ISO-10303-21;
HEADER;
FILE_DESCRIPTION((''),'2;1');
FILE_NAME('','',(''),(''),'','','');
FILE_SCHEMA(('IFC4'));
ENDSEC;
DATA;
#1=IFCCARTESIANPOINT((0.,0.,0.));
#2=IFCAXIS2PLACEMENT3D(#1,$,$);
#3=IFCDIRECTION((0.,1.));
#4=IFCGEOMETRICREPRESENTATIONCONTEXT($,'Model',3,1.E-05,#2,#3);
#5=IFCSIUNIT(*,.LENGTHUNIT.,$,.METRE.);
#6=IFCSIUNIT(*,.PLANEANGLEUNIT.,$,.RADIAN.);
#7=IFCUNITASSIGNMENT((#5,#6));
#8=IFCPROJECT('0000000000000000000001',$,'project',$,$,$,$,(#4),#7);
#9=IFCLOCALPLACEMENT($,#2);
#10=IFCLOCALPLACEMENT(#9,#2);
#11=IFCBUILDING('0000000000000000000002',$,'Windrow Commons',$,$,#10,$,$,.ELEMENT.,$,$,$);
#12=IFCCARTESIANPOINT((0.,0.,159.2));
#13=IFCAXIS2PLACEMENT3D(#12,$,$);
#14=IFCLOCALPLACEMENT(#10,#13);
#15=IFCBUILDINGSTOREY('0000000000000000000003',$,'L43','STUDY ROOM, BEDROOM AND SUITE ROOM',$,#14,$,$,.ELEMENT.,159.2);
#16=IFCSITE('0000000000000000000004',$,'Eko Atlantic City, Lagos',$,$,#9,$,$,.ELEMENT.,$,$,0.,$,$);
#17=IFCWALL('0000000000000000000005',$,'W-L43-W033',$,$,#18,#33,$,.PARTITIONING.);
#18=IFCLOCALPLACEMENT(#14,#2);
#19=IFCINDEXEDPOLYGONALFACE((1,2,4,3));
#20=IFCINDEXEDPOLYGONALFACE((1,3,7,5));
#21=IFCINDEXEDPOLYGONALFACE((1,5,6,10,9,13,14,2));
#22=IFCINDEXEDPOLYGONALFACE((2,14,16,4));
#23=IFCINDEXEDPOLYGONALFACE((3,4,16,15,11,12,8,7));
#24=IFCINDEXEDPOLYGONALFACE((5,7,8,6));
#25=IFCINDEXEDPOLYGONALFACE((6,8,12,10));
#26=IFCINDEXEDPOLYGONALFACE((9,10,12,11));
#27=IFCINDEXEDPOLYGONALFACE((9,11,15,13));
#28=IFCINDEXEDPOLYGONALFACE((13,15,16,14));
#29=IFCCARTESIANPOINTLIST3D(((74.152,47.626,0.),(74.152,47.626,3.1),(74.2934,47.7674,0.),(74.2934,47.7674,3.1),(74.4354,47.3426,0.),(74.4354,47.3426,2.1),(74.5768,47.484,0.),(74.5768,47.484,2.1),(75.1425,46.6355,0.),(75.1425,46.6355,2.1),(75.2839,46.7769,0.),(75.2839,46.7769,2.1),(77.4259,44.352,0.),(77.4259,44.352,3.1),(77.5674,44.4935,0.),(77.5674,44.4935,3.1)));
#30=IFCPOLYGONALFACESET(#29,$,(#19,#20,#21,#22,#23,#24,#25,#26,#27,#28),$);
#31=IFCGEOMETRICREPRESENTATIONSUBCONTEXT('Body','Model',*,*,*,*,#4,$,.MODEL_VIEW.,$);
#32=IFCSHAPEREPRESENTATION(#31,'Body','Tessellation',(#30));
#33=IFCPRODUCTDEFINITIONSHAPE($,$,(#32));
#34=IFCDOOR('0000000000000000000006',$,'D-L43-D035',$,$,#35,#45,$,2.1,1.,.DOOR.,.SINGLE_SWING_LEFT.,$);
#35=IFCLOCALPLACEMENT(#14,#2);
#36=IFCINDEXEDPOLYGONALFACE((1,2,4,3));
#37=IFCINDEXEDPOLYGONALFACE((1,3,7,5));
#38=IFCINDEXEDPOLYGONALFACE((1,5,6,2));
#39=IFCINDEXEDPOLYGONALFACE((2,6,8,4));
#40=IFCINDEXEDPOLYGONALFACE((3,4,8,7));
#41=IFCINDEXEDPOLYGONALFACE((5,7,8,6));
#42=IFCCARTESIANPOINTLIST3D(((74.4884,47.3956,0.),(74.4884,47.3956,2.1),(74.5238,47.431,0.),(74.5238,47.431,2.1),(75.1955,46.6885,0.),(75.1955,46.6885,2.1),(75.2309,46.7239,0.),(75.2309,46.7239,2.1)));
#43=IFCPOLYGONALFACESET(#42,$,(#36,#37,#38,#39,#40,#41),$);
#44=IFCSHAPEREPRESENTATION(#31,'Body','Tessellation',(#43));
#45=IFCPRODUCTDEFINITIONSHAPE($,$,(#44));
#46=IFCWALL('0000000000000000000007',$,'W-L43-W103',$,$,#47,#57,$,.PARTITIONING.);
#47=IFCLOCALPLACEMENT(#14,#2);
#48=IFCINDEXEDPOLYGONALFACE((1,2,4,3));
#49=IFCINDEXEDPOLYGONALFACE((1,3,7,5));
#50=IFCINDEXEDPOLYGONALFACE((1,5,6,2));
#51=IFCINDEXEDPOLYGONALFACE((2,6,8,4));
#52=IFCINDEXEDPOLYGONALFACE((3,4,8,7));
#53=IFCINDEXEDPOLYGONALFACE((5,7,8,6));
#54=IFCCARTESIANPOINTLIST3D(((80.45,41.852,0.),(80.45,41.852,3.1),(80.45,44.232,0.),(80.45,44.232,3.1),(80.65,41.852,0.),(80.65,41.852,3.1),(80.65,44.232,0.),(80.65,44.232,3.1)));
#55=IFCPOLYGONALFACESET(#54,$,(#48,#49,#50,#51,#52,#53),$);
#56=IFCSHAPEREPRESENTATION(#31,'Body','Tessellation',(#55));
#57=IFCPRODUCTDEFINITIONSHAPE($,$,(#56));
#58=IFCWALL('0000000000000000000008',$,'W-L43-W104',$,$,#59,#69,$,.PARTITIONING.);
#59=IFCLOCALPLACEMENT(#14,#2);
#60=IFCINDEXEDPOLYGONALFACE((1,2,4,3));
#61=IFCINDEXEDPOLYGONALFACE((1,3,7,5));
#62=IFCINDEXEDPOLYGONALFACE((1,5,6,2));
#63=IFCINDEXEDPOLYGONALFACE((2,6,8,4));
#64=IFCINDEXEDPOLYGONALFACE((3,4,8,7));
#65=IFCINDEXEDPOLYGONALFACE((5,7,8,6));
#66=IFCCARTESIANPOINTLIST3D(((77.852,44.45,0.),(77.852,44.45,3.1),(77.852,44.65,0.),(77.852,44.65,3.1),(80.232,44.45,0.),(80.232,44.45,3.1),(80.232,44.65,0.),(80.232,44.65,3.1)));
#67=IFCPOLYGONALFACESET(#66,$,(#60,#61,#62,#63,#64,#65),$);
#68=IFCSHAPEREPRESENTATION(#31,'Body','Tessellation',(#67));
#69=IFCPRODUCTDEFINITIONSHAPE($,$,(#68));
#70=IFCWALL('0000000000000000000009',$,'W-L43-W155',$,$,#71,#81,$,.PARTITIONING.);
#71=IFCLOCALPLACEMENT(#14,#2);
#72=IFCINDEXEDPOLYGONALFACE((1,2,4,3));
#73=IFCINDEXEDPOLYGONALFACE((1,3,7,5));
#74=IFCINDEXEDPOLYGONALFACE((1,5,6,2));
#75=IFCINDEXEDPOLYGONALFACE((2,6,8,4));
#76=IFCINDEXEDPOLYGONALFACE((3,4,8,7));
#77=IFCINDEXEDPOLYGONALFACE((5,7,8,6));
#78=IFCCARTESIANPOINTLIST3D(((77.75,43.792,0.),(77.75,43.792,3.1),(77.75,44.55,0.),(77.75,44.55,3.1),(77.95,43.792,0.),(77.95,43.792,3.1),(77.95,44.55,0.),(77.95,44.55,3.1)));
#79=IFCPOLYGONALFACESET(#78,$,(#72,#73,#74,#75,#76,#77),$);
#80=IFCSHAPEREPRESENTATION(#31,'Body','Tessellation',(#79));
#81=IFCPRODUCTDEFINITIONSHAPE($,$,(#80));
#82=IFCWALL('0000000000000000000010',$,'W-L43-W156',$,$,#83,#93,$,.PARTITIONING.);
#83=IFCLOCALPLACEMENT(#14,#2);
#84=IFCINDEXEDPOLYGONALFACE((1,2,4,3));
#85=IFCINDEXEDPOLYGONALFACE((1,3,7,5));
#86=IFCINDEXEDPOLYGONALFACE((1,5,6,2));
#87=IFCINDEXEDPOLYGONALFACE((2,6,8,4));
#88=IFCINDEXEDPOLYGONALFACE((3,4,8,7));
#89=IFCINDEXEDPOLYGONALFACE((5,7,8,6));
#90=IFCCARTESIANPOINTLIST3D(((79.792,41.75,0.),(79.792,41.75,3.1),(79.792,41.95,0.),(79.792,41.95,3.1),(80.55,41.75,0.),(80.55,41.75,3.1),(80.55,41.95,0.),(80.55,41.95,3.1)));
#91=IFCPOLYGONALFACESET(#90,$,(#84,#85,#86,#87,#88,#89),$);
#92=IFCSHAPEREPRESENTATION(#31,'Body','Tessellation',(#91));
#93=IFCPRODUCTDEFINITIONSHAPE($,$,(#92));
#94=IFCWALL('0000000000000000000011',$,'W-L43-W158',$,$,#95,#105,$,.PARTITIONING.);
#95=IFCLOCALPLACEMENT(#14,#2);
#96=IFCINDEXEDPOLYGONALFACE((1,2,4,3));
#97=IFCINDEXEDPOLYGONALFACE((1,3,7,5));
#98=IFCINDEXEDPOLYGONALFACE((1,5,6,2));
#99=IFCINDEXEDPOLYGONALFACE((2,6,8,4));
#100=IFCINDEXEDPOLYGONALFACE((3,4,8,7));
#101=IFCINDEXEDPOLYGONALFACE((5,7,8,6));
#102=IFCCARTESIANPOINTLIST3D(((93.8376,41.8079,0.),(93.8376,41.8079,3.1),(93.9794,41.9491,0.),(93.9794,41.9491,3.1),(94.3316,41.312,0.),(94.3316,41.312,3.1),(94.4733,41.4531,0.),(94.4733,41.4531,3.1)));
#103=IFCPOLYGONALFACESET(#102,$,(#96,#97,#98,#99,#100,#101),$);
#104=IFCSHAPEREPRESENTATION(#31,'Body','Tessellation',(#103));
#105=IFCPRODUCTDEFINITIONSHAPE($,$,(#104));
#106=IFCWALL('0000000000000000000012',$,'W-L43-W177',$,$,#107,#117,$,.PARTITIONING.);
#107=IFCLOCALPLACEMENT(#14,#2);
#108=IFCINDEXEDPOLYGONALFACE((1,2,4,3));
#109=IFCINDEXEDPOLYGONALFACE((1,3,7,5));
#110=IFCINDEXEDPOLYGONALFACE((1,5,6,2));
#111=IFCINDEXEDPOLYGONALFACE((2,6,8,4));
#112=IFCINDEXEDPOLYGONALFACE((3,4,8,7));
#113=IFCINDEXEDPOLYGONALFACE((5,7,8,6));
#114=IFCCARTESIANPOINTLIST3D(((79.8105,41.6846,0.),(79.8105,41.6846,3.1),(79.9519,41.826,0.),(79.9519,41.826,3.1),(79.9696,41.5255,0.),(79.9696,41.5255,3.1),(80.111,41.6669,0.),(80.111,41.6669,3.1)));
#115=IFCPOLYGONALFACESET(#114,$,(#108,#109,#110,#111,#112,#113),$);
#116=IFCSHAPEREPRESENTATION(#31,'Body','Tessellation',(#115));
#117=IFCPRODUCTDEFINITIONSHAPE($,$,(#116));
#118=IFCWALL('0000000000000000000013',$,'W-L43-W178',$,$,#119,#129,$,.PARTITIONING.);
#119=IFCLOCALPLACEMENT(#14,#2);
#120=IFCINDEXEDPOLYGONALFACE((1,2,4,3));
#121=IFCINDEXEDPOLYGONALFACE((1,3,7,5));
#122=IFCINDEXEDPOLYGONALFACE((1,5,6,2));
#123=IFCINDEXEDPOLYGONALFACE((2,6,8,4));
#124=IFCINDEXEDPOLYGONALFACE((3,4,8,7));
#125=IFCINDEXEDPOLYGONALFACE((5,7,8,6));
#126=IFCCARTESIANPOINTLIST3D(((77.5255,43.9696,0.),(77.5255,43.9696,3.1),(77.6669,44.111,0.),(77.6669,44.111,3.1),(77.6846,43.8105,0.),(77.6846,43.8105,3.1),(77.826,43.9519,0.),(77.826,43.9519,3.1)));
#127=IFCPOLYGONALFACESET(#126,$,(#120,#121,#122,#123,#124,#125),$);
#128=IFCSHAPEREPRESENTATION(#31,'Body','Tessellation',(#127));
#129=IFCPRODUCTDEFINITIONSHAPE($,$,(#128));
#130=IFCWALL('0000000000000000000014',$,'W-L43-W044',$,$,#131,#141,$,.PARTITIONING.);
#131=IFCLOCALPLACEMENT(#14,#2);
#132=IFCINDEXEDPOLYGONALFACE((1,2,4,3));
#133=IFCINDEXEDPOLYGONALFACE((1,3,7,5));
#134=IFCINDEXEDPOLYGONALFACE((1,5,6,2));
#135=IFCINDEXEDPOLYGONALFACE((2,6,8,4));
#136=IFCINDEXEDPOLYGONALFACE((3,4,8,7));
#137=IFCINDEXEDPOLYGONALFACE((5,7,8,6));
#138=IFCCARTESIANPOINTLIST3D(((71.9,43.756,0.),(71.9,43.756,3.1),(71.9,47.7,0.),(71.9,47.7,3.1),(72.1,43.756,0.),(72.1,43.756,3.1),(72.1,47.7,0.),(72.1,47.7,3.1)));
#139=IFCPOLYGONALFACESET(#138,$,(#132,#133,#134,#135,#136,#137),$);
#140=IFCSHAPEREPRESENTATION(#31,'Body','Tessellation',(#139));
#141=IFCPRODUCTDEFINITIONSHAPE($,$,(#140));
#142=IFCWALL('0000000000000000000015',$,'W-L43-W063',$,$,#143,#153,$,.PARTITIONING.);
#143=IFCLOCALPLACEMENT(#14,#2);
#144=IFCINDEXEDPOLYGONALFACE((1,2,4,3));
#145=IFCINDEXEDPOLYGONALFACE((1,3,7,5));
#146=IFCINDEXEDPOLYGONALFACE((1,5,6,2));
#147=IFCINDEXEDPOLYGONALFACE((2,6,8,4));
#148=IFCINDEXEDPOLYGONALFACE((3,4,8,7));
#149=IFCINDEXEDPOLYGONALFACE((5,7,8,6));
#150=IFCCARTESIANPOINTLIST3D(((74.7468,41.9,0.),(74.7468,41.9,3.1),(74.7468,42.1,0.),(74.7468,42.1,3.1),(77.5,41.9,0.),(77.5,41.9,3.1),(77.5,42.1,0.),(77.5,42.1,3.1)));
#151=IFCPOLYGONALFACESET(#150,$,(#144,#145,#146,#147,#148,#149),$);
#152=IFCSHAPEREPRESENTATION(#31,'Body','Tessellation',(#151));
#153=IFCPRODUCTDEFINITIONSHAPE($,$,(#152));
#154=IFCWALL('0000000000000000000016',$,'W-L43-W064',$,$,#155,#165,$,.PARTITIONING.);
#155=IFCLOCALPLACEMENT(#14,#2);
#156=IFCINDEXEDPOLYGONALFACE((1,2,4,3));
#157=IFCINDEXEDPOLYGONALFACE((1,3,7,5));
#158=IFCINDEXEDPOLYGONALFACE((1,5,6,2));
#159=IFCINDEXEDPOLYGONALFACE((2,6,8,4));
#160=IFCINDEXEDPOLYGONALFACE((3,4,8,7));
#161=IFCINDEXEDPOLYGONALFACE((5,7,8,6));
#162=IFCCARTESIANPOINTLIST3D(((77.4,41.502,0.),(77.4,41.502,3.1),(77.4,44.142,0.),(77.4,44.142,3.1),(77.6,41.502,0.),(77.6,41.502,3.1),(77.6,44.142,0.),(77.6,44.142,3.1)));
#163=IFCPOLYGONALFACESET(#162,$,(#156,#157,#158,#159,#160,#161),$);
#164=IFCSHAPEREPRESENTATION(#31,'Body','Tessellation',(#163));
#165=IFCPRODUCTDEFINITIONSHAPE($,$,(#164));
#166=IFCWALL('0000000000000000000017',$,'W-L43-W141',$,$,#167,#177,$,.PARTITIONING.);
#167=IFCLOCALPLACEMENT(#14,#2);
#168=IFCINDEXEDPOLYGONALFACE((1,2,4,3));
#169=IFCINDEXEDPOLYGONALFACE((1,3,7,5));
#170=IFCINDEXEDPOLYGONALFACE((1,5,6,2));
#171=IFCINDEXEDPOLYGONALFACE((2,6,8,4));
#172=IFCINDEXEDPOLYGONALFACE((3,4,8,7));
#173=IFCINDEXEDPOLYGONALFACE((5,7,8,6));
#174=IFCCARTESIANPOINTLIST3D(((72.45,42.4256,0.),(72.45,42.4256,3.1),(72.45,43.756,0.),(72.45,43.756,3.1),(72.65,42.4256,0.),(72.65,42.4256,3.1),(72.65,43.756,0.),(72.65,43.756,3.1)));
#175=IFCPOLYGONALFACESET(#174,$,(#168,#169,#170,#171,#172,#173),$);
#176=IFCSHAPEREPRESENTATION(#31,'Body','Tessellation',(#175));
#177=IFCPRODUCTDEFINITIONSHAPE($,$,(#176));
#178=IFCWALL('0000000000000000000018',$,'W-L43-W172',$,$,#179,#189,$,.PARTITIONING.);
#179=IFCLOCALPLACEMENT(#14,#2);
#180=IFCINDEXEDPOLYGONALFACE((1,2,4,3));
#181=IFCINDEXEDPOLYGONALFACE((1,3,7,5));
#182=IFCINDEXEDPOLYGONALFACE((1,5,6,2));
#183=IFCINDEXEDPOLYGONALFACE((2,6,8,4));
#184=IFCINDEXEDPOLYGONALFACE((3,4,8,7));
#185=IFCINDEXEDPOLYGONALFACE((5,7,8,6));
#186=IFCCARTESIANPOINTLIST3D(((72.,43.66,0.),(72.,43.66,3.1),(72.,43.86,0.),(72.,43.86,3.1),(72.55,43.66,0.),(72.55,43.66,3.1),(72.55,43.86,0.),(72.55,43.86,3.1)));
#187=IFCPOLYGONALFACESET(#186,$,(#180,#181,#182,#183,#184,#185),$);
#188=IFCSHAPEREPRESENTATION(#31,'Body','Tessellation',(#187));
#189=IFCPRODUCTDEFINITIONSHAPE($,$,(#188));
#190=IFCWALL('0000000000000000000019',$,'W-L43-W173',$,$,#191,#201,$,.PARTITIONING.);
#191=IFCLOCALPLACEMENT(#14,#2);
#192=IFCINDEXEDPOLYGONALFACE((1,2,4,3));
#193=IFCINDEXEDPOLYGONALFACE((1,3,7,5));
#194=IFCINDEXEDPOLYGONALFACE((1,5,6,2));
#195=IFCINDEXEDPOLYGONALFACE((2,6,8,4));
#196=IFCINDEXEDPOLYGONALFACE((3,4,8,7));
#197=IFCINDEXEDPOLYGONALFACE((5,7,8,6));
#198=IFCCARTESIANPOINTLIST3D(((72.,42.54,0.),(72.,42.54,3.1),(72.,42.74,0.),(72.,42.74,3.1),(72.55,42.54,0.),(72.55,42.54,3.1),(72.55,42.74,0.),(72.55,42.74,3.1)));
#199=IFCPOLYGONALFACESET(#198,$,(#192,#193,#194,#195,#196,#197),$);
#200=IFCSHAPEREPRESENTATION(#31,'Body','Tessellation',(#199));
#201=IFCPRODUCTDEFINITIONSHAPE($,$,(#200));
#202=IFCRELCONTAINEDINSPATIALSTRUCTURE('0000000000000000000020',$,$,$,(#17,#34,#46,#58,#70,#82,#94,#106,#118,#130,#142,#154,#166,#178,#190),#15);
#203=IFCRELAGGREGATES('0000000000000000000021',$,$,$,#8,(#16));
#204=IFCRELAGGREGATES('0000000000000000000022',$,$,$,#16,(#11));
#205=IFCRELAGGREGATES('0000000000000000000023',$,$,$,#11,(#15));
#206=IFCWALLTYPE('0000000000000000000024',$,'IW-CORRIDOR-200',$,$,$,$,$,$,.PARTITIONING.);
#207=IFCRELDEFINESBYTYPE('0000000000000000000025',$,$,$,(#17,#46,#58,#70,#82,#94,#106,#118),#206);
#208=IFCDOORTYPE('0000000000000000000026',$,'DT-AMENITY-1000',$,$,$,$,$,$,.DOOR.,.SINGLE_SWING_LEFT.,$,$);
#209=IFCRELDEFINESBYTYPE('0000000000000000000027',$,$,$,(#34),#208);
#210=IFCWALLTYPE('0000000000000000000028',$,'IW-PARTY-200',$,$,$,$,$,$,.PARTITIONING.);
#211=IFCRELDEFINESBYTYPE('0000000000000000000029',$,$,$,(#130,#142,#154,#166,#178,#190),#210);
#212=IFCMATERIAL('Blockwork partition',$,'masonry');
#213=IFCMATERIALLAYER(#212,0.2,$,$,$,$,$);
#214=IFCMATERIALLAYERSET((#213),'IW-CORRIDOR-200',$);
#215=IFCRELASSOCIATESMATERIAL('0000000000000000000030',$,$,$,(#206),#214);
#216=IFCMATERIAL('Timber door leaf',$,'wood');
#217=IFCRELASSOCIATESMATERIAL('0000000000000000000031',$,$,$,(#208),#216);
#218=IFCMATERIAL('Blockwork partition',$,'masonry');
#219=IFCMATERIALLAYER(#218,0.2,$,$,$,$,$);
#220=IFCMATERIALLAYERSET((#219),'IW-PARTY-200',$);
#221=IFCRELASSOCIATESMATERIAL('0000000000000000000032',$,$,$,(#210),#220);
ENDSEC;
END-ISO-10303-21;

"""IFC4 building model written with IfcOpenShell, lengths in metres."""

from ifc_helpers import new_model, si_unit, direction, frame, frame_2d, origin, place, context, subcontext, project, spatial, rectangle, extrude, material, layer, layer_set, type_object, element, fill, save


model = new_model("IFC4")

# Units and contexts
model_context = context("Model", 3, precision=1e-05, world=origin(), true_north=direction((0.0, 1.0)))
body_context = subcontext(model_context, "Body", "Model", "MODEL_VIEW")
ifc_project = project(units=[si_unit("LENGTHUNIT", "METRE"), si_unit("PLANEANGLEUNIT", "RADIAN")], contexts=[model_context])

# Site, building, storey
site_placement = place(None, origin())
site = spatial("IfcSite", under=ifc_project, at=site_placement, Name="Eko Atlantic City, Lagos", CompositionType="ELEMENT", RefElevation=0.0)
building_placement = place(site_placement, origin())
building = spatial("IfcBuilding", under=site, at=building_placement, Name="Windrow Commons", CompositionType="ELEMENT")
storey_placement = place(building_placement, frame((0.0, 0.0, 159.2)))
storey = spatial("IfcBuildingStorey", under=building, at=storey_placement, Name="L43", Description="STUDY ROOM, BEDROOM AND SUITE ROOM", CompositionType="ELEMENT", Elevation=159.2)

# Wall, opening, door
ifc_material_1 = material(Name="Blockwork partition", Category="masonry")
ifc_layer_1 = layer(ifc_material_1, 0.2)
ifc_layer_set_1 = layer_set([ifc_layer_1], Name="IW-CORRIDOR-200")
wall_type_1 = type_object("IfcWallType", Name="IW-CORRIDOR-200", PredefinedType="PARTITIONING", material=ifc_layer_set_1)
ifc_material_2 = material(Name="Timber door leaf", Category="wood")
door_type = type_object("IfcDoorType", Name="DT-AMENITY-1000", OperationType="SINGLE_SWING_LEFT", PredefinedType="DOOR", material=ifc_material_2)
wall_1_placement = place(storey_placement, frame((74.2227, 47.6967, 0.0), z_axis=(0.0, 0.0, 1.0), x_axis=(0.707107, -0.707107, 0.0)))
wall_1 = element("IfcWall", 1, at=wall_1_placement, inside=storey, type_object=wall_type_1, Name="W-L43-W033", PredefinedType="PARTITIONING", context=body_context, shape_type="SweptSolid", body=[
    extrude(rectangle(XDim=4.6301, YDim=0.2, at=frame_2d((2.315, 0.0))), origin(), (0.0, 0.0, 1.0), 3.1),
])
opening_1_placement = place(wall_1_placement, frame((0.4008, 0.0, 0.0)))
opening_1 = element("IfcOpeningElement", 2, at=opening_1_placement, cuts=wall_1, PredefinedType="OPENING", context=body_context, shape_type="SweptSolid", body=[
    extrude(rectangle(XDim=1.0, YDim=2.1, at=frame_2d((0.5, 1.05))), frame((0.0, 0.11, 0.0), z_axis=(0.0, -1.0, 0.0), x_axis=(1.0, 0.0, 0.0)), (0.0, 0.0, 1.0), 0.22),
])
door_1_placement = place(opening_1_placement, origin())
door_1 = element("IfcDoor", 3, at=door_1_placement, inside=storey, type_object=door_type, Name="D-L43-D035", OperationType="SINGLE_SWING_LEFT", OverallHeight=2.1, OverallWidth=1.0, PredefinedType="DOOR", context=body_context, shape_type="SweptSolid", body=[
    extrude(rectangle(XDim=1.0, YDim=2.1, at=frame_2d((0.5, 1.05))), frame((0.0, 0.025, 0.0), z_axis=(0.0, -1.0, 0.0), x_axis=(1.0, 0.0, 0.0)), (0.0, 0.0, 1.0), 0.05),
])
fill(opening_1, door_1)

# Walls
for number, where, z_axis, x_axis, name in (
    (4, (80.55, 41.852, 0.0), (0.0, 0.0, 1.0), (0.0, 1.0, 0.0), "W-L43-W103"),
    (5, (77.852, 44.55, 0.0), (0.0, 0.0, 1.0), (1.0, 0.0, 0.0), "W-L43-W104"),
):
    element("IfcWall", number, at=place(storey_placement, frame(where, z_axis=z_axis, x_axis=x_axis)), inside=storey, type_object=wall_type_1, Name=name, PredefinedType="PARTITIONING", context=body_context, shape_type="SweptSolid", body=[
        extrude(rectangle(XDim=2.38, YDim=0.2, at=frame_2d((1.19, 0.0))), origin(), (0.0, 0.0, 1.0), 3.1),
    ])
for number, where, z_axis, x_axis, name in (
    (6, (77.85, 43.792, 0.0), (0.0, 0.0, 1.0), (0.0, 1.0, 0.0), "W-L43-W155"),
    (7, (79.792, 41.85, 0.0), (0.0, 0.0, 1.0), (1.0, 0.0, 0.0), "W-L43-W156"),
):
    element("IfcWall", number, at=place(storey_placement, frame(where, z_axis=z_axis, x_axis=x_axis)), inside=storey, type_object=wall_type_1, Name=name, PredefinedType="PARTITIONING", context=body_context, shape_type="SweptSolid", body=[
        extrude(rectangle(XDim=0.758, YDim=0.2, at=frame_2d((0.379, 0.0))), origin(), (0.0, 0.0, 1.0), 3.1),
    ])
wall_2_placement = place(storey_placement, frame((93.9085, 41.8785, 0.0), z_axis=(0.0, 0.0, 1.0), x_axis=(0.705677, -0.708534, 0.0)))
element("IfcWall", 8, at=wall_2_placement, inside=storey, type_object=wall_type_1, Name="W-L43-W158", PredefinedType="PARTITIONING", context=body_context, shape_type="SweptSolid", body=[
    extrude(rectangle(XDim=0.7, YDim=0.2, at=frame_2d((0.35, 0.0))), origin(), (0.0, 0.0, 1.0), 3.1),
])
for number, where, z_axis, x_axis, name in (
    (9, (79.8812, 41.7553, 0.0), (0.0, 0.0, 1.0), (0.707107, -0.707107, 0.0), "W-L43-W177"),
    (10, (77.5962, 44.0403, 0.0), (0.0, 0.0, 1.0), (0.707107, -0.707107, 0.0), "W-L43-W178"),
):
    element("IfcWall", number, at=place(storey_placement, frame(where, z_axis=z_axis, x_axis=x_axis)), inside=storey, type_object=wall_type_1, Name=name, PredefinedType="PARTITIONING", context=body_context, shape_type="SweptSolid", body=[
        extrude(rectangle(XDim=0.225, YDim=0.2, at=frame_2d((0.1125, 0.0))), origin(), (0.0, 0.0, 1.0), 3.1),
    ])
ifc_material_3 = material(Name="Blockwork partition", Category="masonry")
ifc_layer_2 = layer(ifc_material_3, 0.2)
ifc_layer_set_2 = layer_set([ifc_layer_2], Name="IW-PARTY-200")
wall_type_2 = type_object("IfcWallType", Name="IW-PARTY-200", PredefinedType="PARTITIONING", material=ifc_layer_set_2)
wall_3_placement = place(storey_placement, frame((72.0, 43.756, 0.0), z_axis=(0.0, 0.0, 1.0), x_axis=(0.0, 1.0, 0.0)))
element("IfcWall", 11, at=wall_3_placement, inside=storey, type_object=wall_type_2, Name="W-L43-W044", PredefinedType="PARTITIONING", context=body_context, shape_type="SweptSolid", body=[
    extrude(rectangle(XDim=3.944, YDim=0.2, at=frame_2d((1.972, 0.0))), origin(), (0.0, 0.0, 1.0), 3.1),
])
wall_4_placement = place(storey_placement, frame((74.7469, 42.0, 0.0), z_axis=(0.0, 0.0, 1.0), x_axis=(1.0, 0.0, 0.0)))
element("IfcWall", 12, at=wall_4_placement, inside=storey, type_object=wall_type_2, Name="W-L43-W063", PredefinedType="PARTITIONING", context=body_context, shape_type="SweptSolid", body=[
    extrude(rectangle(XDim=2.7531, YDim=0.2, at=frame_2d((1.3765, 0.0))), origin(), (0.0, 0.0, 1.0), 3.1),
])
wall_5_placement = place(storey_placement, frame((77.5, 41.502, 0.0), z_axis=(0.0, 0.0, 1.0), x_axis=(0.0, 1.0, 0.0)))
element("IfcWall", 13, at=wall_5_placement, inside=storey, type_object=wall_type_2, Name="W-L43-W064", PredefinedType="PARTITIONING", context=body_context, shape_type="SweptSolid", body=[
    extrude(rectangle(XDim=2.64, YDim=0.2, at=frame_2d((1.32, 0.0))), origin(), (0.0, 0.0, 1.0), 3.1),
])
wall_6_placement = place(storey_placement, frame((72.55, 42.4256, 0.0), z_axis=(0.0, 0.0, 1.0), x_axis=(0.0, 1.0, 0.0)))
element("IfcWall", 14, at=wall_6_placement, inside=storey, type_object=wall_type_2, Name="W-L43-W141", PredefinedType="PARTITIONING", context=body_context, shape_type="SweptSolid", body=[
    extrude(rectangle(XDim=1.3304, YDim=0.2, at=frame_2d((0.6652, 0.0))), origin(), (0.0, 0.0, 1.0), 3.1),
])
for number, where, z_axis, x_axis, name in (
    (15, (72.0, 43.76, 0.0), (0.0, 0.0, 1.0), (1.0, 0.0, 0.0), "W-L43-W172"),
    (16, (72.0, 42.64, 0.0), (0.0, 0.0, 1.0), (1.0, 0.0, 0.0), "W-L43-W173"),
):
    element("IfcWall", number, at=place(storey_placement, frame(where, z_axis=z_axis, x_axis=x_axis)), inside=storey, type_object=wall_type_2, Name=name, PredefinedType="PARTITIONING", context=body_context, shape_type="SweptSolid", body=[
        extrude(rectangle(XDim=0.55, YDim=0.2, at=frame_2d((0.275, 0.0))), origin(), (0.0, 0.0, 1.0), 3.1),
    ])

save(model, "model.ifc")
